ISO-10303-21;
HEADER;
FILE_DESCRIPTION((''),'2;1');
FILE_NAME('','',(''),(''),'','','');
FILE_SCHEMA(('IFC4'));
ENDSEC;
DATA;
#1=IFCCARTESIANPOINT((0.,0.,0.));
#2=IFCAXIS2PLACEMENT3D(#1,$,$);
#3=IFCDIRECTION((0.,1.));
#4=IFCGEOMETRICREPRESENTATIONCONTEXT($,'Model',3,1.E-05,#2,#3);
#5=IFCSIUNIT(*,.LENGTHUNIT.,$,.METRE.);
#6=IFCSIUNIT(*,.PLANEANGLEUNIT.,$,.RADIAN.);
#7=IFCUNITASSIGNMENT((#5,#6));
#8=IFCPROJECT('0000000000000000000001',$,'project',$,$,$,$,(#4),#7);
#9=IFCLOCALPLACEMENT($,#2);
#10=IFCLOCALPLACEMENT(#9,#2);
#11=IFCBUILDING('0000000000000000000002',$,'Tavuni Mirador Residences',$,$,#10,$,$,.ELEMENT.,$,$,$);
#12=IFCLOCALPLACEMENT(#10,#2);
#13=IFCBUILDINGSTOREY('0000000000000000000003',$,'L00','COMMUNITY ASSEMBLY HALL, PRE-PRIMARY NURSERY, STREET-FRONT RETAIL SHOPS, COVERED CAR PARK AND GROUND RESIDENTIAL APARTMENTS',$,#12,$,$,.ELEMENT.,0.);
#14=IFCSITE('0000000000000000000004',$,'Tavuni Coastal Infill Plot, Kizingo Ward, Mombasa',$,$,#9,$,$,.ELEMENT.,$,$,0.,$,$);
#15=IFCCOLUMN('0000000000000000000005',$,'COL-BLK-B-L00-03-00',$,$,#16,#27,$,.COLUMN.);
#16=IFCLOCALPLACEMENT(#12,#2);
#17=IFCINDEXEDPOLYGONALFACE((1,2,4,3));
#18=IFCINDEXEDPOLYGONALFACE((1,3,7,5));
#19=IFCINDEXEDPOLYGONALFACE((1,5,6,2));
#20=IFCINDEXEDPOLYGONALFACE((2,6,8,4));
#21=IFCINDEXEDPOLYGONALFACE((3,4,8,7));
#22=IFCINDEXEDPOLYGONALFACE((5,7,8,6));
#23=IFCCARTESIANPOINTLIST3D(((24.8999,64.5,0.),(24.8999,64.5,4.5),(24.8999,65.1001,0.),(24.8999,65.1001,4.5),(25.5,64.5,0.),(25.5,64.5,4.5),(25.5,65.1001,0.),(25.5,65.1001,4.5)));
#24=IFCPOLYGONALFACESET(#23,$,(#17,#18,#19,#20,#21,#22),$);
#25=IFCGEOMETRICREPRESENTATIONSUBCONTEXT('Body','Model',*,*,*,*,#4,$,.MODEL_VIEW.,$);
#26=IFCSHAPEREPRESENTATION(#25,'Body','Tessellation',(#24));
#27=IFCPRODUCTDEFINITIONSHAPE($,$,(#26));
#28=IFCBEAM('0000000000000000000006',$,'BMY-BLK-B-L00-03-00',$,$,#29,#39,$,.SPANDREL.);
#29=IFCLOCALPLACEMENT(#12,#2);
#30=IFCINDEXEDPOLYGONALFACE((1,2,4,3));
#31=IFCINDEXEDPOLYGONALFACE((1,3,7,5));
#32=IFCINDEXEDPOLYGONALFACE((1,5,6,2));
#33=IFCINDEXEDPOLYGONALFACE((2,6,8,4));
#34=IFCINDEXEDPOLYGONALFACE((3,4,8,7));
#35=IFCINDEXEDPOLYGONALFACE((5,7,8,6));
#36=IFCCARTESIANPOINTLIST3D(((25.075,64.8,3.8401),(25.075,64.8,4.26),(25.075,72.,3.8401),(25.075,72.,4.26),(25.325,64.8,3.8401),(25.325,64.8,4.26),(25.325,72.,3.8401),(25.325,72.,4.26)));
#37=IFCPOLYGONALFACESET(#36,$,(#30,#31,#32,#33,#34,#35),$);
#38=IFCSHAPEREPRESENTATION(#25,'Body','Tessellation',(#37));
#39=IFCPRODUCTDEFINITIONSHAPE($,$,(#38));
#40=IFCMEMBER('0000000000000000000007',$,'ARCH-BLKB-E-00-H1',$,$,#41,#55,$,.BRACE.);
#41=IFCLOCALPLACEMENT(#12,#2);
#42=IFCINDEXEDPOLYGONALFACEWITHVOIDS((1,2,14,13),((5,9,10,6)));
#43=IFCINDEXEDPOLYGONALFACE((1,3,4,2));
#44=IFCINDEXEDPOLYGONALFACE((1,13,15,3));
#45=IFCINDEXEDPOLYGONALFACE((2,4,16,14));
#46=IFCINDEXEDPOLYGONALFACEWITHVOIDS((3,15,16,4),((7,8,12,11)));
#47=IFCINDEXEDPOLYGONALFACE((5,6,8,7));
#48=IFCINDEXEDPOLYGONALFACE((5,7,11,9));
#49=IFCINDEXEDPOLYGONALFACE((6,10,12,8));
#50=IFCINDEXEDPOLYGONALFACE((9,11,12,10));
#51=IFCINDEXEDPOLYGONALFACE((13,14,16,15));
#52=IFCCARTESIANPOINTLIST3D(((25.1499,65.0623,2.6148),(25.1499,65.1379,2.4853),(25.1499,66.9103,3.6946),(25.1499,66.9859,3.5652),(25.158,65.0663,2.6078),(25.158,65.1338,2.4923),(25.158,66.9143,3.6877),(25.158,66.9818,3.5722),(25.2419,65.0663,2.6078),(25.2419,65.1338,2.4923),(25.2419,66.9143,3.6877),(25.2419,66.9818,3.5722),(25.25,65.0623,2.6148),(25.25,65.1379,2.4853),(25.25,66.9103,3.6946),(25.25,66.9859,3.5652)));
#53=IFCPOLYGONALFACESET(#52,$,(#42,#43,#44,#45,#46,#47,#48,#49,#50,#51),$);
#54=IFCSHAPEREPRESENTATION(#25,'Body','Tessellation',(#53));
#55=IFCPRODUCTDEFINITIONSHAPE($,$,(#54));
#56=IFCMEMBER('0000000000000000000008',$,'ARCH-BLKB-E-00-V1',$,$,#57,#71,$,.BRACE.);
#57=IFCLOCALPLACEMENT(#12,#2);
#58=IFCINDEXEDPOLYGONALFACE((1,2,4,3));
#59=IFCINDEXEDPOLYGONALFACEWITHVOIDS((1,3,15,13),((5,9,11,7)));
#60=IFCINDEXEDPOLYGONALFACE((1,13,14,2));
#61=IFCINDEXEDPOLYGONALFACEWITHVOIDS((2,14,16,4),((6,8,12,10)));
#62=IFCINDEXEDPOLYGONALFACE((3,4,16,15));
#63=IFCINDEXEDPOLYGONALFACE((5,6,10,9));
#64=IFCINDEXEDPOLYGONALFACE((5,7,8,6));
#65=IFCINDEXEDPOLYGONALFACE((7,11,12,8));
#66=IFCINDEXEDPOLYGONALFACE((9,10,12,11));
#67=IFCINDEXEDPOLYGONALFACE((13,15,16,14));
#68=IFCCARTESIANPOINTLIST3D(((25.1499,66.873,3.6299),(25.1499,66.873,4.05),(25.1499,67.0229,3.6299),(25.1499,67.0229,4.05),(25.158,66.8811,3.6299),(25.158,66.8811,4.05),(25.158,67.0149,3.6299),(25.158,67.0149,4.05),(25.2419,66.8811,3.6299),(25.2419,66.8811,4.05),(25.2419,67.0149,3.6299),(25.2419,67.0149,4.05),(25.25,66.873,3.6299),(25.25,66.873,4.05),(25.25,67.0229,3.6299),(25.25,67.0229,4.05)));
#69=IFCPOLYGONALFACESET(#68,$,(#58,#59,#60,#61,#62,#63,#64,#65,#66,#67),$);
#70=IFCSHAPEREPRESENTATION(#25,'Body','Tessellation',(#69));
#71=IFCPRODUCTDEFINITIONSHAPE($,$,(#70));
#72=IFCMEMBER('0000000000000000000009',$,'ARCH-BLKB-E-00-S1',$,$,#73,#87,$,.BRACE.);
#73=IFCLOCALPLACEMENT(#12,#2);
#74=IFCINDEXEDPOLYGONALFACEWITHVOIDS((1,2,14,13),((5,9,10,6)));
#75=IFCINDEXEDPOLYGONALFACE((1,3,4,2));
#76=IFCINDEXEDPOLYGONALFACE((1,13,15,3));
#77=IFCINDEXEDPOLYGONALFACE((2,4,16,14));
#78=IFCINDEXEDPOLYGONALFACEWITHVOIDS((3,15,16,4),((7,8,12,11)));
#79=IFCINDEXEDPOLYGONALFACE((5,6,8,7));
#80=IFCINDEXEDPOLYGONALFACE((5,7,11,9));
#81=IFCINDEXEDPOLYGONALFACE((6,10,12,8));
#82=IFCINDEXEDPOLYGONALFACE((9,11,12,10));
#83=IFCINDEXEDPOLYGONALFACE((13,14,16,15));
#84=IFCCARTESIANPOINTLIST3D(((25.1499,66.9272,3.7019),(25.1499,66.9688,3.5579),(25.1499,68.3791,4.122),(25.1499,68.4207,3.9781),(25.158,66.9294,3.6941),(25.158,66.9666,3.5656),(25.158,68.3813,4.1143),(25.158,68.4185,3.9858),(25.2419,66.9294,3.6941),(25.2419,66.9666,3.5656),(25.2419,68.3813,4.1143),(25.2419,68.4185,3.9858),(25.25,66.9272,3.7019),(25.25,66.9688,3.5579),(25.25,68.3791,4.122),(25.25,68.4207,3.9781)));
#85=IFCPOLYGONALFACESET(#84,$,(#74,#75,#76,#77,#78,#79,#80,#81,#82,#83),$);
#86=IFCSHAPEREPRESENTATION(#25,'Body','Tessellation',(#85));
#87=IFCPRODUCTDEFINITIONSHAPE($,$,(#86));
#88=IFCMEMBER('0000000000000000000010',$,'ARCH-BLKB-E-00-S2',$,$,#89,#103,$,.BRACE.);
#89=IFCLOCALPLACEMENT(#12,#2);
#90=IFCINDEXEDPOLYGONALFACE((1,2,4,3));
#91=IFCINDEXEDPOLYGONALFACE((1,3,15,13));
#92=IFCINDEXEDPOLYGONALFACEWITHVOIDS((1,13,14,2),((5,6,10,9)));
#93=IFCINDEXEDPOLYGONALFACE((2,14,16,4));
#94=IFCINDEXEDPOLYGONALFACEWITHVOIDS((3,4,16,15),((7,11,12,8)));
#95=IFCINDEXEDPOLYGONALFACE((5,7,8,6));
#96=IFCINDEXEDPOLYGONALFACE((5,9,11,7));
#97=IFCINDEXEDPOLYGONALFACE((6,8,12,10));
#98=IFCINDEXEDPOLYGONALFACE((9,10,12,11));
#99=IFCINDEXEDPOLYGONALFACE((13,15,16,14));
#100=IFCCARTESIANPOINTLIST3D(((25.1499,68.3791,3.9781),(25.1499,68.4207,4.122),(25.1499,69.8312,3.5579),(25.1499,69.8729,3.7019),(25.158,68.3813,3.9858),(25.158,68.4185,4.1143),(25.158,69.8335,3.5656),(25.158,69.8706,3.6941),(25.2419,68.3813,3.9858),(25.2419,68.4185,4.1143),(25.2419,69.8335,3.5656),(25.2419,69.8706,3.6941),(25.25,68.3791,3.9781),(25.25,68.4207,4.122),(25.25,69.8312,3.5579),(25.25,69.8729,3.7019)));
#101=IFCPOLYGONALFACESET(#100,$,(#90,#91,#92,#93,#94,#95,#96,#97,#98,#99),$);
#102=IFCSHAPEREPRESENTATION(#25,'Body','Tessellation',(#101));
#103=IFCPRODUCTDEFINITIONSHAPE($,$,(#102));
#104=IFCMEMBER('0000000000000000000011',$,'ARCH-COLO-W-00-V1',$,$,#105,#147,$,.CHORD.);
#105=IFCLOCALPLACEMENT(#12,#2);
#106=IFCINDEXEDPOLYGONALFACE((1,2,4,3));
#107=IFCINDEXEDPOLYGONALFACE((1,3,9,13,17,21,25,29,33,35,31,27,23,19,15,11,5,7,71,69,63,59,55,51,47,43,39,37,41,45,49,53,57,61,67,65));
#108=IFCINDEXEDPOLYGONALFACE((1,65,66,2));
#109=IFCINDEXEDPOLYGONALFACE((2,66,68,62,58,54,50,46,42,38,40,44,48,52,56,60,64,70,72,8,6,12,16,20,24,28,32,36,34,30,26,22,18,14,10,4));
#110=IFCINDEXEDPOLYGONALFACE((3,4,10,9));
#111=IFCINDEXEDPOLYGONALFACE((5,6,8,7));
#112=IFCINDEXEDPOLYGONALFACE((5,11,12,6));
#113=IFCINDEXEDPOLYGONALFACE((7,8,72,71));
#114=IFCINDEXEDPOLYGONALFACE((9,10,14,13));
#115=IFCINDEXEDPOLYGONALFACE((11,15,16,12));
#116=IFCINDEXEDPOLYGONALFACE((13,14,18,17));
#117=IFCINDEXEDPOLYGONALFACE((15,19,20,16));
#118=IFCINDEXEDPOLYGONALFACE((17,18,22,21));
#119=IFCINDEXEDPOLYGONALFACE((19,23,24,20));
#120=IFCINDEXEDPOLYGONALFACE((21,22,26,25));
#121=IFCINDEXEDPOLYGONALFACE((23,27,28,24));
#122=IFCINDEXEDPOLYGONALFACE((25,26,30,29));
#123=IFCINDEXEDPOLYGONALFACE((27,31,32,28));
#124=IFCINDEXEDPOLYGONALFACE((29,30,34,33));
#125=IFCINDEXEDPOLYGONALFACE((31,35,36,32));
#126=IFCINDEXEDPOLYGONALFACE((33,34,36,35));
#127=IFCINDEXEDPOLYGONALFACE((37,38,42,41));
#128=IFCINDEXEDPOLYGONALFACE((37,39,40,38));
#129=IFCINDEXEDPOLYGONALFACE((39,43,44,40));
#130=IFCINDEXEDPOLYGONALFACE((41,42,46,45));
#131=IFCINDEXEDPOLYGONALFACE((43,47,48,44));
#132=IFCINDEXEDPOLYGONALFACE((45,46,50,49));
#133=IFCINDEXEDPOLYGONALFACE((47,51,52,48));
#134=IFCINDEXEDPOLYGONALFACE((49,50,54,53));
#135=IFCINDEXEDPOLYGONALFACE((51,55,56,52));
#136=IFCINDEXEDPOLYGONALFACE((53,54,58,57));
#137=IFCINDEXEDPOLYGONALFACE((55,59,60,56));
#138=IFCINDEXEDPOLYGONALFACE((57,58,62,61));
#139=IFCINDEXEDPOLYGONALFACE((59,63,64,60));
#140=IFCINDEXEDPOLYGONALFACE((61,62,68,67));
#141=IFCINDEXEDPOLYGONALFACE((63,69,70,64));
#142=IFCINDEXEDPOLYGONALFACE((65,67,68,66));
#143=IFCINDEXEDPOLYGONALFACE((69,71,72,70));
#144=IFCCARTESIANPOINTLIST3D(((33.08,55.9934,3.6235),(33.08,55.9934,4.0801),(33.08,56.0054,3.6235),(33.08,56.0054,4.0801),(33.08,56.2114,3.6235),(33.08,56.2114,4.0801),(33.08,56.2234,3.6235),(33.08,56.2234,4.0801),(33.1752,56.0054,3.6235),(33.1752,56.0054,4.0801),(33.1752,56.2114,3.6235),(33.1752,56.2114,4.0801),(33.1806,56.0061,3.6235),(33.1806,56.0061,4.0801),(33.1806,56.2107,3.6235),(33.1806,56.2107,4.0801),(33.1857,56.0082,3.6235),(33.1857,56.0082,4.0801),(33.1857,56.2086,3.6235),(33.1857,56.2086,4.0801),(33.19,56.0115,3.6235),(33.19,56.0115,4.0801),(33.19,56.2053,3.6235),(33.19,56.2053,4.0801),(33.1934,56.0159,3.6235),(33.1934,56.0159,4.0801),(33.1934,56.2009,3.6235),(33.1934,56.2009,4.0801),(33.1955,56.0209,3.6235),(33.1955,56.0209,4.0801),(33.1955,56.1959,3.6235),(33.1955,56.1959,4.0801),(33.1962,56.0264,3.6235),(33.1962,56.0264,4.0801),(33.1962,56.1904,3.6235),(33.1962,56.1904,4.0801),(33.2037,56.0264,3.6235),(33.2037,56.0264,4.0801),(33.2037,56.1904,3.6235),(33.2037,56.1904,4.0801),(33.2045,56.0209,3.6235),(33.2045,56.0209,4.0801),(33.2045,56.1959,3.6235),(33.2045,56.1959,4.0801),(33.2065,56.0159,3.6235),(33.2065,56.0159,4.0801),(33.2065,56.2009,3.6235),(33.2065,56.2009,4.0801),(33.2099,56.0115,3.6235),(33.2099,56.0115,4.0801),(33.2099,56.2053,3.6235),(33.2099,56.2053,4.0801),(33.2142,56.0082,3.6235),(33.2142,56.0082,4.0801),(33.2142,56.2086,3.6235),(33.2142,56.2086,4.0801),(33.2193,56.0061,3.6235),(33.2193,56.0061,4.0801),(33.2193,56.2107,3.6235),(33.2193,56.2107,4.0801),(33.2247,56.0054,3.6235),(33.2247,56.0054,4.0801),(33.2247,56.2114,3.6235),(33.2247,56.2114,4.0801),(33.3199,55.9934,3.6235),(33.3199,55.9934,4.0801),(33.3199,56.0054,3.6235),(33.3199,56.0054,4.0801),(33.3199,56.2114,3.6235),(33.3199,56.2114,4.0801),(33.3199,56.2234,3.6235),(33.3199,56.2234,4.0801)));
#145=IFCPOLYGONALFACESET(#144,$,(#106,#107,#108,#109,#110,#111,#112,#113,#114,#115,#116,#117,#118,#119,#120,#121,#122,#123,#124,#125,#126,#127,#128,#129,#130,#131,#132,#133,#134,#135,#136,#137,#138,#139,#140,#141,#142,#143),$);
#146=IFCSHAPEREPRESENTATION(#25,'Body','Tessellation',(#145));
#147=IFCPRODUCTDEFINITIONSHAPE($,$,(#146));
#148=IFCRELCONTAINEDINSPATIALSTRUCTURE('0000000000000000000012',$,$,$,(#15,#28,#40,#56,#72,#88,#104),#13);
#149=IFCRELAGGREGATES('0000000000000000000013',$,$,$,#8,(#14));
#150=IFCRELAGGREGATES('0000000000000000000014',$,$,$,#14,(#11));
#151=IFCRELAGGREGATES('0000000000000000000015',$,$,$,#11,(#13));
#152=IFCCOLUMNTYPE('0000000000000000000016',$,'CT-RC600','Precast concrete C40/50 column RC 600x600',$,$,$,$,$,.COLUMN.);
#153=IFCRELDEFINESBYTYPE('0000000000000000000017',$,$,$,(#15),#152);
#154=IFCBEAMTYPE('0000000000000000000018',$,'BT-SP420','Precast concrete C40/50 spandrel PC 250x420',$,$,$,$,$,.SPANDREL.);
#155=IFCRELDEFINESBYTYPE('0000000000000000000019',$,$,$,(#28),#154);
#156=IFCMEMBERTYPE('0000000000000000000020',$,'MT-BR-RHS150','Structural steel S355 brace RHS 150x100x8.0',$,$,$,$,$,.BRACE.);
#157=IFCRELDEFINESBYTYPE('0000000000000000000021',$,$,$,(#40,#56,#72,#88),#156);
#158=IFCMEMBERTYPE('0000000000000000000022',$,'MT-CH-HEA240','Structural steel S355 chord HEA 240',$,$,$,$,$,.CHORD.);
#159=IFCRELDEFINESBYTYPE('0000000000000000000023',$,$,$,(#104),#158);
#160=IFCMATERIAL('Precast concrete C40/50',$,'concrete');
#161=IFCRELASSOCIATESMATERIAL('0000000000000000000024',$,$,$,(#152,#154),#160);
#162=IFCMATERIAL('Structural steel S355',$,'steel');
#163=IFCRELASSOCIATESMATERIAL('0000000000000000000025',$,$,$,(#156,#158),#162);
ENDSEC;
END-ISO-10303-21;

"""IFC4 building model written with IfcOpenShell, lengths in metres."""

from ifc_helpers import new_model, si_unit, direction, frame, origin, origin_2d, place, context, subcontext, project, spatial, rectangle, hollow_rectangle, i_section, extrude, material, material_profile, profile_set, type_object, element, save


model = new_model("IFC4")

# Units and contexts
model_context = context("Model", 3, precision=1e-05, world=origin(), true_north=direction((0.0, 1.0)))
body_context = subcontext(model_context, "Body", "Model", "MODEL_VIEW")
ifc_project = project(units=[si_unit("LENGTHUNIT", "METRE"), si_unit("PLANEANGLEUNIT", "RADIAN")], contexts=[model_context])

# Site, building, storey
site_placement = place(None, origin())
site = spatial("IfcSite", under=ifc_project, at=site_placement, Name="Tavuni Coastal Infill Plot, Kizingo Ward, Mombasa", CompositionType="ELEMENT", RefElevation=0.0)
building_placement = place(site_placement, origin())
building = spatial("IfcBuilding", under=site, at=building_placement, Name="Tavuni Mirador Residences", CompositionType="ELEMENT")
storey_placement = place(building_placement, origin())
storey = spatial("IfcBuildingStorey", under=building, at=storey_placement, Name="L00", Description="COMMUNITY ASSEMBLY HALL, PRE-PRIMARY NURSERY, STREET-FRONT RETAIL SHOPS, COVERED CAR PARK AND GROUND RESIDENTIAL APARTMENTS", CompositionType="ELEMENT", Elevation=0.0)

# Column
ifc_material_1 = material(Name="Precast concrete C40/50", Category="concrete")
ifc_material_profile_1 = material_profile(ifc_material_1, rectangle(XDim=0.6001, YDim=0.6001, at=origin_2d()), Name="RC 600x600", Category="concrete")
ifc_profile_set_1 = profile_set([ifc_material_profile_1], Name="Precast concrete C40/50")
column_type = type_object("IfcColumnType", Name="CT-RC600", Description="Precast concrete C40/50 column RC 600x600", PredefinedType="COLUMN", material=ifc_profile_set_1)
column_placement = place(storey_placement, frame((25.2, 64.8, 0.0), z_axis=(0.0, 0.0, 1.0), x_axis=(1.0, 0.0, 0.0)))
element("IfcColumn", 1, at=column_placement, inside=storey, type_object=column_type, Name="COL-BLK-B-L00-03-00", PredefinedType="COLUMN", context=body_context, shape_type="SweptSolid", body=[
    extrude(rectangle(XDim=0.6001, YDim=0.6001, at=origin_2d()), origin(), (0.0, 0.0, 1.0), 4.5),
])

# Beam
ifc_material_profile_2 = material_profile(ifc_material_1, rectangle(XDim=0.25, YDim=0.4199, at=origin_2d()), Name="PC 250x420", Category="concrete")
ifc_profile_set_2 = profile_set([ifc_material_profile_2], Name="Precast concrete C40/50")
beam_type = type_object("IfcBeamType", Name="BT-SP420", Description="Precast concrete C40/50 spandrel PC 250x420", PredefinedType="SPANDREL", material=ifc_profile_set_2)
beam_placement = place(storey_placement, frame((25.2, 64.8, 4.05), z_axis=(0.0, 1.0, 0.0), x_axis=(-1.0, 0.0, 0.0)))
element("IfcBeam", 2, at=beam_placement, inside=storey, type_object=beam_type, Name="BMY-BLK-B-L00-03-00", PredefinedType="SPANDREL", context=body_context, shape_type="SweptSolid", body=[
    extrude(rectangle(XDim=0.25, YDim=0.4199, at=origin_2d()), origin(), (0.0, 0.0, 1.0), 7.2),
])

# Members
ifc_material_2 = material(Name="Structural steel S355", Category="steel")
ifc_material_profile_3 = material_profile(ifc_material_2, hollow_rectangle(XDim=0.1001, YDim=0.1499, WallThickness=0.0081, at=origin_2d()), Name="RHS 150x100x8.0", Category="steel")
ifc_profile_set_3 = profile_set([ifc_material_profile_3], Name="Structural steel S355")
member_type_1 = type_object("IfcMemberType", Name="MT-BR-RHS150", Description="Structural steel S355 brace RHS 150x100x8.0", PredefinedType="BRACE", material=ifc_profile_set_3)
member_1_placement = place(storey_placement, frame((25.2, 65.1001, 2.55), z_axis=(0.0, 0.863394, 0.50453), x_axis=(-1.0, 0.0, 0.0)))
element("IfcMember", 3, at=member_1_placement, inside=storey, type_object=member_type_1, Name="ARCH-BLKB-E-00-H1", PredefinedType="BRACE", context=body_context, shape_type="SweptSolid", body=[
    extrude(hollow_rectangle(XDim=0.1001, YDim=0.1499, WallThickness=0.0081, at=origin_2d()), origin(), (0.0, 0.0, 1.0), 2.1404),
])
member_2_placement = place(storey_placement, frame((25.2, 66.948, 3.6299), z_axis=(0.0, 0.0, 1.0), x_axis=(1.0, 0.0, 0.0)))
element("IfcMember", 4, at=member_2_placement, inside=storey, type_object=member_type_1, Name="ARCH-BLKB-E-00-V1", PredefinedType="BRACE", context=body_context, shape_type="SweptSolid", body=[
    extrude(hollow_rectangle(XDim=0.1001, YDim=0.1499, WallThickness=0.0081, at=origin_2d()), origin(), (0.0, 0.0, 1.0), 0.4202),
])
member_3_placement = place(storey_placement, frame((25.2, 66.948, 3.6299), z_axis=(0.0, 0.960586, 0.277984), x_axis=(-1.0, 0.0, 0.0)))
element("IfcMember", 5, at=member_3_placement, inside=storey, type_object=member_type_1, Name="ARCH-BLKB-E-00-S1", PredefinedType="BRACE", context=body_context, shape_type="SweptSolid", body=[
    extrude(hollow_rectangle(XDim=0.1001, YDim=0.1499, WallThickness=0.0081, at=origin_2d()), origin(), (0.0, 0.0, 1.0), 1.5115),
])
member_4_placement = place(storey_placement, frame((25.2, 68.3999, 4.05), z_axis=(0.0, 0.960598, -0.27794), x_axis=(-1.0, 0.0, 0.0)))
element("IfcMember", 6, at=member_4_placement, inside=storey, type_object=member_type_1, Name="ARCH-BLKB-E-00-S2", PredefinedType="BRACE", context=body_context, shape_type="SweptSolid", body=[
    extrude(hollow_rectangle(XDim=0.1001, YDim=0.1499, WallThickness=0.0081, at=origin_2d()), origin(), (0.0, 0.0, 1.0), 1.5117),
])
ifc_material_profile_4 = material_profile(ifc_material_2, i_section(OverallWidth=0.24, OverallDepth=0.23, WebThickness=0.0076, FlangeThickness=0.012, FilletRadius=0.021, at=origin_2d()), Name="HEA 240", Category="steel")
ifc_profile_set_4 = profile_set([ifc_material_profile_4], Name="Structural steel S355")
member_type_2 = type_object("IfcMemberType", Name="MT-CH-HEA240", Description="Structural steel S355 chord HEA 240", PredefinedType="CHORD", material=ifc_profile_set_4)
member_5_placement = place(storey_placement, frame((33.2, 56.1084, 3.6235), z_axis=(0.0, 0.0, 1.0), x_axis=(1.0, 0.0, 0.0)))
element("IfcMember", 7, at=member_5_placement, inside=storey, type_object=member_type_2, Name="ARCH-COLO-W-00-V1", PredefinedType="CHORD", context=body_context, shape_type="SweptSolid", body=[
    extrude(i_section(OverallWidth=0.24, OverallDepth=0.23, WebThickness=0.0076, FlangeThickness=0.012, FilletRadius=0.021, at=origin_2d()), origin(), (0.0, 0.0, 1.0), 0.4565),
])

save(model, "model.ifc")
